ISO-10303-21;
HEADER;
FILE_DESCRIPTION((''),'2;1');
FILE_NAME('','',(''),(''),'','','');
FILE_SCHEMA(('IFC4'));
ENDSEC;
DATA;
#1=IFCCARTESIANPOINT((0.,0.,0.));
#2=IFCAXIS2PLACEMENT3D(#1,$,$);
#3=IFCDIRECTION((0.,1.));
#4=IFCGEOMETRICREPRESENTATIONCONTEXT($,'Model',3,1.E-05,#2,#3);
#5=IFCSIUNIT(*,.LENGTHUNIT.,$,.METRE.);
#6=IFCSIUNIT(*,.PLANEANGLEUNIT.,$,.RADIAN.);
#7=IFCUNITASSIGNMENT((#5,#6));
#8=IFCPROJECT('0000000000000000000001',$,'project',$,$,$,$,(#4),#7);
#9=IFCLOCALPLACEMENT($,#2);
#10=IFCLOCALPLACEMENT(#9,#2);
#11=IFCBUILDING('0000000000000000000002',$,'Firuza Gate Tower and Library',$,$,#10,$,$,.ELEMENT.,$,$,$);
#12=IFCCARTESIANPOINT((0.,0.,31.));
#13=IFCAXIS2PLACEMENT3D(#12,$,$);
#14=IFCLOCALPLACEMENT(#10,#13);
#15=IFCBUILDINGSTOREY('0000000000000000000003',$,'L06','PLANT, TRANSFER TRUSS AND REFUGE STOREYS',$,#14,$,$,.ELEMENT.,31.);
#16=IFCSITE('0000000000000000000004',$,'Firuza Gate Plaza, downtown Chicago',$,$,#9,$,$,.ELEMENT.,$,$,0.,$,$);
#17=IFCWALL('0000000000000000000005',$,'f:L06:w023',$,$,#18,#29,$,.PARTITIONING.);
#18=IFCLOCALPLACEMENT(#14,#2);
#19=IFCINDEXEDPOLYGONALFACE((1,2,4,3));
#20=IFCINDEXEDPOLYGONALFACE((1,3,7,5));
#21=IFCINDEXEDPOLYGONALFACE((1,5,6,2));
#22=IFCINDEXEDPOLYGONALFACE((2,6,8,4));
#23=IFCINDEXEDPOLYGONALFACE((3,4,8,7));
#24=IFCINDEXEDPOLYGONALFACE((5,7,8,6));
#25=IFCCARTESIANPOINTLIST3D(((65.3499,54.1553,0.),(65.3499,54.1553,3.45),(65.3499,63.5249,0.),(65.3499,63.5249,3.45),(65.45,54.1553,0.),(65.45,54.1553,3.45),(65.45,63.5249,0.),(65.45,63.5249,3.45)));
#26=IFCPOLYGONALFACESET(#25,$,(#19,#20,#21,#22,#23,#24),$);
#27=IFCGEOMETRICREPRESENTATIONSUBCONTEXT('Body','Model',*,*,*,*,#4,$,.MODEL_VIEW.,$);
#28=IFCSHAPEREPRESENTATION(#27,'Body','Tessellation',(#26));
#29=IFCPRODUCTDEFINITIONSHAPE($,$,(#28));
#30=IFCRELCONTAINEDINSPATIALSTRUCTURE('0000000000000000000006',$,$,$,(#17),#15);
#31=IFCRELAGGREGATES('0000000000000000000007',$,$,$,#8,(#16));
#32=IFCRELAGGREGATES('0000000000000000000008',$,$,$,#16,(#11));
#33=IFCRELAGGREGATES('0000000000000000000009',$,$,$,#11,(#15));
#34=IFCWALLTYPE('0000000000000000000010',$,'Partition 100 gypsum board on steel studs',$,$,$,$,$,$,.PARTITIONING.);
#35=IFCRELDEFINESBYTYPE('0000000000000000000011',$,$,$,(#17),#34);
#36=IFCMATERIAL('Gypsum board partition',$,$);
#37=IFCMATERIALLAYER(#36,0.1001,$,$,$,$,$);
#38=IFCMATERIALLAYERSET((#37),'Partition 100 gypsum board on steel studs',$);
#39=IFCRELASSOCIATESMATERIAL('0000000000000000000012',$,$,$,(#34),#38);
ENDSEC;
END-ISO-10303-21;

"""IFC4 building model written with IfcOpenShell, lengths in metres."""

from ifc_helpers import new_model, si_unit, direction, frame, frame_2d, origin, place, context, subcontext, project, spatial, rectangle, extrude, material, layer, layer_set, type_object, element, save


model = new_model("IFC4")

# Units and contexts
model_context = context("Model", 3, precision=1e-05, world=origin(), true_north=direction((0.0, 1.0)))
body_context = subcontext(model_context, "Body", "Model", "MODEL_VIEW")
ifc_project = project(units=[si_unit("LENGTHUNIT", "METRE"), si_unit("PLANEANGLEUNIT", "RADIAN")], contexts=[model_context])

# Site, building, storey
site_placement = place(None, origin())
site = spatial("IfcSite", under=ifc_project, at=site_placement, Name="Firuza Gate Plaza, downtown Chicago", CompositionType="ELEMENT", RefElevation=0.0)
building_placement = place(site_placement, origin())
building = spatial("IfcBuilding", under=site, at=building_placement, Name="Firuza Gate Tower and Library", CompositionType="ELEMENT")
storey_placement = place(building_placement, frame((0.0, 0.0, 31.0)))
storey = spatial("IfcBuildingStorey", under=building, at=storey_placement, Name="L06", Description="PLANT, TRANSFER TRUSS AND REFUGE STOREYS", CompositionType="ELEMENT", Elevation=31.0)

# Wall
ifc_material_1 = material(Name="Gypsum board partition")
ifc_layer_1 = layer(ifc_material_1, 0.1001)
ifc_layer_set_1 = layer_set([ifc_layer_1], Name="Partition 100 gypsum board on steel studs")
wall_type_1 = type_object("IfcWallType", Name="Partition 100 gypsum board on steel studs", PredefinedType="PARTITIONING", material=ifc_layer_set_1)
wall_1_placement = place(storey_placement, frame((65.3999, 54.1553, 0.0), z_axis=(0.0, 0.0, 1.0), x_axis=(0.0, 1.0, 0.0)))
element("IfcWall", 1, at=wall_1_placement, inside=storey, type_object=wall_type_1, Name="f:L06:w023", PredefinedType="PARTITIONING", context=body_context, shape_type="SweptSolid", body=[
    extrude(rectangle(XDim=9.3696, YDim=0.1001, at=frame_2d((4.6848, 0.0))), origin(), (0.0, 0.0, 1.0), 3.45),
])

save(model, "model.ifc")
